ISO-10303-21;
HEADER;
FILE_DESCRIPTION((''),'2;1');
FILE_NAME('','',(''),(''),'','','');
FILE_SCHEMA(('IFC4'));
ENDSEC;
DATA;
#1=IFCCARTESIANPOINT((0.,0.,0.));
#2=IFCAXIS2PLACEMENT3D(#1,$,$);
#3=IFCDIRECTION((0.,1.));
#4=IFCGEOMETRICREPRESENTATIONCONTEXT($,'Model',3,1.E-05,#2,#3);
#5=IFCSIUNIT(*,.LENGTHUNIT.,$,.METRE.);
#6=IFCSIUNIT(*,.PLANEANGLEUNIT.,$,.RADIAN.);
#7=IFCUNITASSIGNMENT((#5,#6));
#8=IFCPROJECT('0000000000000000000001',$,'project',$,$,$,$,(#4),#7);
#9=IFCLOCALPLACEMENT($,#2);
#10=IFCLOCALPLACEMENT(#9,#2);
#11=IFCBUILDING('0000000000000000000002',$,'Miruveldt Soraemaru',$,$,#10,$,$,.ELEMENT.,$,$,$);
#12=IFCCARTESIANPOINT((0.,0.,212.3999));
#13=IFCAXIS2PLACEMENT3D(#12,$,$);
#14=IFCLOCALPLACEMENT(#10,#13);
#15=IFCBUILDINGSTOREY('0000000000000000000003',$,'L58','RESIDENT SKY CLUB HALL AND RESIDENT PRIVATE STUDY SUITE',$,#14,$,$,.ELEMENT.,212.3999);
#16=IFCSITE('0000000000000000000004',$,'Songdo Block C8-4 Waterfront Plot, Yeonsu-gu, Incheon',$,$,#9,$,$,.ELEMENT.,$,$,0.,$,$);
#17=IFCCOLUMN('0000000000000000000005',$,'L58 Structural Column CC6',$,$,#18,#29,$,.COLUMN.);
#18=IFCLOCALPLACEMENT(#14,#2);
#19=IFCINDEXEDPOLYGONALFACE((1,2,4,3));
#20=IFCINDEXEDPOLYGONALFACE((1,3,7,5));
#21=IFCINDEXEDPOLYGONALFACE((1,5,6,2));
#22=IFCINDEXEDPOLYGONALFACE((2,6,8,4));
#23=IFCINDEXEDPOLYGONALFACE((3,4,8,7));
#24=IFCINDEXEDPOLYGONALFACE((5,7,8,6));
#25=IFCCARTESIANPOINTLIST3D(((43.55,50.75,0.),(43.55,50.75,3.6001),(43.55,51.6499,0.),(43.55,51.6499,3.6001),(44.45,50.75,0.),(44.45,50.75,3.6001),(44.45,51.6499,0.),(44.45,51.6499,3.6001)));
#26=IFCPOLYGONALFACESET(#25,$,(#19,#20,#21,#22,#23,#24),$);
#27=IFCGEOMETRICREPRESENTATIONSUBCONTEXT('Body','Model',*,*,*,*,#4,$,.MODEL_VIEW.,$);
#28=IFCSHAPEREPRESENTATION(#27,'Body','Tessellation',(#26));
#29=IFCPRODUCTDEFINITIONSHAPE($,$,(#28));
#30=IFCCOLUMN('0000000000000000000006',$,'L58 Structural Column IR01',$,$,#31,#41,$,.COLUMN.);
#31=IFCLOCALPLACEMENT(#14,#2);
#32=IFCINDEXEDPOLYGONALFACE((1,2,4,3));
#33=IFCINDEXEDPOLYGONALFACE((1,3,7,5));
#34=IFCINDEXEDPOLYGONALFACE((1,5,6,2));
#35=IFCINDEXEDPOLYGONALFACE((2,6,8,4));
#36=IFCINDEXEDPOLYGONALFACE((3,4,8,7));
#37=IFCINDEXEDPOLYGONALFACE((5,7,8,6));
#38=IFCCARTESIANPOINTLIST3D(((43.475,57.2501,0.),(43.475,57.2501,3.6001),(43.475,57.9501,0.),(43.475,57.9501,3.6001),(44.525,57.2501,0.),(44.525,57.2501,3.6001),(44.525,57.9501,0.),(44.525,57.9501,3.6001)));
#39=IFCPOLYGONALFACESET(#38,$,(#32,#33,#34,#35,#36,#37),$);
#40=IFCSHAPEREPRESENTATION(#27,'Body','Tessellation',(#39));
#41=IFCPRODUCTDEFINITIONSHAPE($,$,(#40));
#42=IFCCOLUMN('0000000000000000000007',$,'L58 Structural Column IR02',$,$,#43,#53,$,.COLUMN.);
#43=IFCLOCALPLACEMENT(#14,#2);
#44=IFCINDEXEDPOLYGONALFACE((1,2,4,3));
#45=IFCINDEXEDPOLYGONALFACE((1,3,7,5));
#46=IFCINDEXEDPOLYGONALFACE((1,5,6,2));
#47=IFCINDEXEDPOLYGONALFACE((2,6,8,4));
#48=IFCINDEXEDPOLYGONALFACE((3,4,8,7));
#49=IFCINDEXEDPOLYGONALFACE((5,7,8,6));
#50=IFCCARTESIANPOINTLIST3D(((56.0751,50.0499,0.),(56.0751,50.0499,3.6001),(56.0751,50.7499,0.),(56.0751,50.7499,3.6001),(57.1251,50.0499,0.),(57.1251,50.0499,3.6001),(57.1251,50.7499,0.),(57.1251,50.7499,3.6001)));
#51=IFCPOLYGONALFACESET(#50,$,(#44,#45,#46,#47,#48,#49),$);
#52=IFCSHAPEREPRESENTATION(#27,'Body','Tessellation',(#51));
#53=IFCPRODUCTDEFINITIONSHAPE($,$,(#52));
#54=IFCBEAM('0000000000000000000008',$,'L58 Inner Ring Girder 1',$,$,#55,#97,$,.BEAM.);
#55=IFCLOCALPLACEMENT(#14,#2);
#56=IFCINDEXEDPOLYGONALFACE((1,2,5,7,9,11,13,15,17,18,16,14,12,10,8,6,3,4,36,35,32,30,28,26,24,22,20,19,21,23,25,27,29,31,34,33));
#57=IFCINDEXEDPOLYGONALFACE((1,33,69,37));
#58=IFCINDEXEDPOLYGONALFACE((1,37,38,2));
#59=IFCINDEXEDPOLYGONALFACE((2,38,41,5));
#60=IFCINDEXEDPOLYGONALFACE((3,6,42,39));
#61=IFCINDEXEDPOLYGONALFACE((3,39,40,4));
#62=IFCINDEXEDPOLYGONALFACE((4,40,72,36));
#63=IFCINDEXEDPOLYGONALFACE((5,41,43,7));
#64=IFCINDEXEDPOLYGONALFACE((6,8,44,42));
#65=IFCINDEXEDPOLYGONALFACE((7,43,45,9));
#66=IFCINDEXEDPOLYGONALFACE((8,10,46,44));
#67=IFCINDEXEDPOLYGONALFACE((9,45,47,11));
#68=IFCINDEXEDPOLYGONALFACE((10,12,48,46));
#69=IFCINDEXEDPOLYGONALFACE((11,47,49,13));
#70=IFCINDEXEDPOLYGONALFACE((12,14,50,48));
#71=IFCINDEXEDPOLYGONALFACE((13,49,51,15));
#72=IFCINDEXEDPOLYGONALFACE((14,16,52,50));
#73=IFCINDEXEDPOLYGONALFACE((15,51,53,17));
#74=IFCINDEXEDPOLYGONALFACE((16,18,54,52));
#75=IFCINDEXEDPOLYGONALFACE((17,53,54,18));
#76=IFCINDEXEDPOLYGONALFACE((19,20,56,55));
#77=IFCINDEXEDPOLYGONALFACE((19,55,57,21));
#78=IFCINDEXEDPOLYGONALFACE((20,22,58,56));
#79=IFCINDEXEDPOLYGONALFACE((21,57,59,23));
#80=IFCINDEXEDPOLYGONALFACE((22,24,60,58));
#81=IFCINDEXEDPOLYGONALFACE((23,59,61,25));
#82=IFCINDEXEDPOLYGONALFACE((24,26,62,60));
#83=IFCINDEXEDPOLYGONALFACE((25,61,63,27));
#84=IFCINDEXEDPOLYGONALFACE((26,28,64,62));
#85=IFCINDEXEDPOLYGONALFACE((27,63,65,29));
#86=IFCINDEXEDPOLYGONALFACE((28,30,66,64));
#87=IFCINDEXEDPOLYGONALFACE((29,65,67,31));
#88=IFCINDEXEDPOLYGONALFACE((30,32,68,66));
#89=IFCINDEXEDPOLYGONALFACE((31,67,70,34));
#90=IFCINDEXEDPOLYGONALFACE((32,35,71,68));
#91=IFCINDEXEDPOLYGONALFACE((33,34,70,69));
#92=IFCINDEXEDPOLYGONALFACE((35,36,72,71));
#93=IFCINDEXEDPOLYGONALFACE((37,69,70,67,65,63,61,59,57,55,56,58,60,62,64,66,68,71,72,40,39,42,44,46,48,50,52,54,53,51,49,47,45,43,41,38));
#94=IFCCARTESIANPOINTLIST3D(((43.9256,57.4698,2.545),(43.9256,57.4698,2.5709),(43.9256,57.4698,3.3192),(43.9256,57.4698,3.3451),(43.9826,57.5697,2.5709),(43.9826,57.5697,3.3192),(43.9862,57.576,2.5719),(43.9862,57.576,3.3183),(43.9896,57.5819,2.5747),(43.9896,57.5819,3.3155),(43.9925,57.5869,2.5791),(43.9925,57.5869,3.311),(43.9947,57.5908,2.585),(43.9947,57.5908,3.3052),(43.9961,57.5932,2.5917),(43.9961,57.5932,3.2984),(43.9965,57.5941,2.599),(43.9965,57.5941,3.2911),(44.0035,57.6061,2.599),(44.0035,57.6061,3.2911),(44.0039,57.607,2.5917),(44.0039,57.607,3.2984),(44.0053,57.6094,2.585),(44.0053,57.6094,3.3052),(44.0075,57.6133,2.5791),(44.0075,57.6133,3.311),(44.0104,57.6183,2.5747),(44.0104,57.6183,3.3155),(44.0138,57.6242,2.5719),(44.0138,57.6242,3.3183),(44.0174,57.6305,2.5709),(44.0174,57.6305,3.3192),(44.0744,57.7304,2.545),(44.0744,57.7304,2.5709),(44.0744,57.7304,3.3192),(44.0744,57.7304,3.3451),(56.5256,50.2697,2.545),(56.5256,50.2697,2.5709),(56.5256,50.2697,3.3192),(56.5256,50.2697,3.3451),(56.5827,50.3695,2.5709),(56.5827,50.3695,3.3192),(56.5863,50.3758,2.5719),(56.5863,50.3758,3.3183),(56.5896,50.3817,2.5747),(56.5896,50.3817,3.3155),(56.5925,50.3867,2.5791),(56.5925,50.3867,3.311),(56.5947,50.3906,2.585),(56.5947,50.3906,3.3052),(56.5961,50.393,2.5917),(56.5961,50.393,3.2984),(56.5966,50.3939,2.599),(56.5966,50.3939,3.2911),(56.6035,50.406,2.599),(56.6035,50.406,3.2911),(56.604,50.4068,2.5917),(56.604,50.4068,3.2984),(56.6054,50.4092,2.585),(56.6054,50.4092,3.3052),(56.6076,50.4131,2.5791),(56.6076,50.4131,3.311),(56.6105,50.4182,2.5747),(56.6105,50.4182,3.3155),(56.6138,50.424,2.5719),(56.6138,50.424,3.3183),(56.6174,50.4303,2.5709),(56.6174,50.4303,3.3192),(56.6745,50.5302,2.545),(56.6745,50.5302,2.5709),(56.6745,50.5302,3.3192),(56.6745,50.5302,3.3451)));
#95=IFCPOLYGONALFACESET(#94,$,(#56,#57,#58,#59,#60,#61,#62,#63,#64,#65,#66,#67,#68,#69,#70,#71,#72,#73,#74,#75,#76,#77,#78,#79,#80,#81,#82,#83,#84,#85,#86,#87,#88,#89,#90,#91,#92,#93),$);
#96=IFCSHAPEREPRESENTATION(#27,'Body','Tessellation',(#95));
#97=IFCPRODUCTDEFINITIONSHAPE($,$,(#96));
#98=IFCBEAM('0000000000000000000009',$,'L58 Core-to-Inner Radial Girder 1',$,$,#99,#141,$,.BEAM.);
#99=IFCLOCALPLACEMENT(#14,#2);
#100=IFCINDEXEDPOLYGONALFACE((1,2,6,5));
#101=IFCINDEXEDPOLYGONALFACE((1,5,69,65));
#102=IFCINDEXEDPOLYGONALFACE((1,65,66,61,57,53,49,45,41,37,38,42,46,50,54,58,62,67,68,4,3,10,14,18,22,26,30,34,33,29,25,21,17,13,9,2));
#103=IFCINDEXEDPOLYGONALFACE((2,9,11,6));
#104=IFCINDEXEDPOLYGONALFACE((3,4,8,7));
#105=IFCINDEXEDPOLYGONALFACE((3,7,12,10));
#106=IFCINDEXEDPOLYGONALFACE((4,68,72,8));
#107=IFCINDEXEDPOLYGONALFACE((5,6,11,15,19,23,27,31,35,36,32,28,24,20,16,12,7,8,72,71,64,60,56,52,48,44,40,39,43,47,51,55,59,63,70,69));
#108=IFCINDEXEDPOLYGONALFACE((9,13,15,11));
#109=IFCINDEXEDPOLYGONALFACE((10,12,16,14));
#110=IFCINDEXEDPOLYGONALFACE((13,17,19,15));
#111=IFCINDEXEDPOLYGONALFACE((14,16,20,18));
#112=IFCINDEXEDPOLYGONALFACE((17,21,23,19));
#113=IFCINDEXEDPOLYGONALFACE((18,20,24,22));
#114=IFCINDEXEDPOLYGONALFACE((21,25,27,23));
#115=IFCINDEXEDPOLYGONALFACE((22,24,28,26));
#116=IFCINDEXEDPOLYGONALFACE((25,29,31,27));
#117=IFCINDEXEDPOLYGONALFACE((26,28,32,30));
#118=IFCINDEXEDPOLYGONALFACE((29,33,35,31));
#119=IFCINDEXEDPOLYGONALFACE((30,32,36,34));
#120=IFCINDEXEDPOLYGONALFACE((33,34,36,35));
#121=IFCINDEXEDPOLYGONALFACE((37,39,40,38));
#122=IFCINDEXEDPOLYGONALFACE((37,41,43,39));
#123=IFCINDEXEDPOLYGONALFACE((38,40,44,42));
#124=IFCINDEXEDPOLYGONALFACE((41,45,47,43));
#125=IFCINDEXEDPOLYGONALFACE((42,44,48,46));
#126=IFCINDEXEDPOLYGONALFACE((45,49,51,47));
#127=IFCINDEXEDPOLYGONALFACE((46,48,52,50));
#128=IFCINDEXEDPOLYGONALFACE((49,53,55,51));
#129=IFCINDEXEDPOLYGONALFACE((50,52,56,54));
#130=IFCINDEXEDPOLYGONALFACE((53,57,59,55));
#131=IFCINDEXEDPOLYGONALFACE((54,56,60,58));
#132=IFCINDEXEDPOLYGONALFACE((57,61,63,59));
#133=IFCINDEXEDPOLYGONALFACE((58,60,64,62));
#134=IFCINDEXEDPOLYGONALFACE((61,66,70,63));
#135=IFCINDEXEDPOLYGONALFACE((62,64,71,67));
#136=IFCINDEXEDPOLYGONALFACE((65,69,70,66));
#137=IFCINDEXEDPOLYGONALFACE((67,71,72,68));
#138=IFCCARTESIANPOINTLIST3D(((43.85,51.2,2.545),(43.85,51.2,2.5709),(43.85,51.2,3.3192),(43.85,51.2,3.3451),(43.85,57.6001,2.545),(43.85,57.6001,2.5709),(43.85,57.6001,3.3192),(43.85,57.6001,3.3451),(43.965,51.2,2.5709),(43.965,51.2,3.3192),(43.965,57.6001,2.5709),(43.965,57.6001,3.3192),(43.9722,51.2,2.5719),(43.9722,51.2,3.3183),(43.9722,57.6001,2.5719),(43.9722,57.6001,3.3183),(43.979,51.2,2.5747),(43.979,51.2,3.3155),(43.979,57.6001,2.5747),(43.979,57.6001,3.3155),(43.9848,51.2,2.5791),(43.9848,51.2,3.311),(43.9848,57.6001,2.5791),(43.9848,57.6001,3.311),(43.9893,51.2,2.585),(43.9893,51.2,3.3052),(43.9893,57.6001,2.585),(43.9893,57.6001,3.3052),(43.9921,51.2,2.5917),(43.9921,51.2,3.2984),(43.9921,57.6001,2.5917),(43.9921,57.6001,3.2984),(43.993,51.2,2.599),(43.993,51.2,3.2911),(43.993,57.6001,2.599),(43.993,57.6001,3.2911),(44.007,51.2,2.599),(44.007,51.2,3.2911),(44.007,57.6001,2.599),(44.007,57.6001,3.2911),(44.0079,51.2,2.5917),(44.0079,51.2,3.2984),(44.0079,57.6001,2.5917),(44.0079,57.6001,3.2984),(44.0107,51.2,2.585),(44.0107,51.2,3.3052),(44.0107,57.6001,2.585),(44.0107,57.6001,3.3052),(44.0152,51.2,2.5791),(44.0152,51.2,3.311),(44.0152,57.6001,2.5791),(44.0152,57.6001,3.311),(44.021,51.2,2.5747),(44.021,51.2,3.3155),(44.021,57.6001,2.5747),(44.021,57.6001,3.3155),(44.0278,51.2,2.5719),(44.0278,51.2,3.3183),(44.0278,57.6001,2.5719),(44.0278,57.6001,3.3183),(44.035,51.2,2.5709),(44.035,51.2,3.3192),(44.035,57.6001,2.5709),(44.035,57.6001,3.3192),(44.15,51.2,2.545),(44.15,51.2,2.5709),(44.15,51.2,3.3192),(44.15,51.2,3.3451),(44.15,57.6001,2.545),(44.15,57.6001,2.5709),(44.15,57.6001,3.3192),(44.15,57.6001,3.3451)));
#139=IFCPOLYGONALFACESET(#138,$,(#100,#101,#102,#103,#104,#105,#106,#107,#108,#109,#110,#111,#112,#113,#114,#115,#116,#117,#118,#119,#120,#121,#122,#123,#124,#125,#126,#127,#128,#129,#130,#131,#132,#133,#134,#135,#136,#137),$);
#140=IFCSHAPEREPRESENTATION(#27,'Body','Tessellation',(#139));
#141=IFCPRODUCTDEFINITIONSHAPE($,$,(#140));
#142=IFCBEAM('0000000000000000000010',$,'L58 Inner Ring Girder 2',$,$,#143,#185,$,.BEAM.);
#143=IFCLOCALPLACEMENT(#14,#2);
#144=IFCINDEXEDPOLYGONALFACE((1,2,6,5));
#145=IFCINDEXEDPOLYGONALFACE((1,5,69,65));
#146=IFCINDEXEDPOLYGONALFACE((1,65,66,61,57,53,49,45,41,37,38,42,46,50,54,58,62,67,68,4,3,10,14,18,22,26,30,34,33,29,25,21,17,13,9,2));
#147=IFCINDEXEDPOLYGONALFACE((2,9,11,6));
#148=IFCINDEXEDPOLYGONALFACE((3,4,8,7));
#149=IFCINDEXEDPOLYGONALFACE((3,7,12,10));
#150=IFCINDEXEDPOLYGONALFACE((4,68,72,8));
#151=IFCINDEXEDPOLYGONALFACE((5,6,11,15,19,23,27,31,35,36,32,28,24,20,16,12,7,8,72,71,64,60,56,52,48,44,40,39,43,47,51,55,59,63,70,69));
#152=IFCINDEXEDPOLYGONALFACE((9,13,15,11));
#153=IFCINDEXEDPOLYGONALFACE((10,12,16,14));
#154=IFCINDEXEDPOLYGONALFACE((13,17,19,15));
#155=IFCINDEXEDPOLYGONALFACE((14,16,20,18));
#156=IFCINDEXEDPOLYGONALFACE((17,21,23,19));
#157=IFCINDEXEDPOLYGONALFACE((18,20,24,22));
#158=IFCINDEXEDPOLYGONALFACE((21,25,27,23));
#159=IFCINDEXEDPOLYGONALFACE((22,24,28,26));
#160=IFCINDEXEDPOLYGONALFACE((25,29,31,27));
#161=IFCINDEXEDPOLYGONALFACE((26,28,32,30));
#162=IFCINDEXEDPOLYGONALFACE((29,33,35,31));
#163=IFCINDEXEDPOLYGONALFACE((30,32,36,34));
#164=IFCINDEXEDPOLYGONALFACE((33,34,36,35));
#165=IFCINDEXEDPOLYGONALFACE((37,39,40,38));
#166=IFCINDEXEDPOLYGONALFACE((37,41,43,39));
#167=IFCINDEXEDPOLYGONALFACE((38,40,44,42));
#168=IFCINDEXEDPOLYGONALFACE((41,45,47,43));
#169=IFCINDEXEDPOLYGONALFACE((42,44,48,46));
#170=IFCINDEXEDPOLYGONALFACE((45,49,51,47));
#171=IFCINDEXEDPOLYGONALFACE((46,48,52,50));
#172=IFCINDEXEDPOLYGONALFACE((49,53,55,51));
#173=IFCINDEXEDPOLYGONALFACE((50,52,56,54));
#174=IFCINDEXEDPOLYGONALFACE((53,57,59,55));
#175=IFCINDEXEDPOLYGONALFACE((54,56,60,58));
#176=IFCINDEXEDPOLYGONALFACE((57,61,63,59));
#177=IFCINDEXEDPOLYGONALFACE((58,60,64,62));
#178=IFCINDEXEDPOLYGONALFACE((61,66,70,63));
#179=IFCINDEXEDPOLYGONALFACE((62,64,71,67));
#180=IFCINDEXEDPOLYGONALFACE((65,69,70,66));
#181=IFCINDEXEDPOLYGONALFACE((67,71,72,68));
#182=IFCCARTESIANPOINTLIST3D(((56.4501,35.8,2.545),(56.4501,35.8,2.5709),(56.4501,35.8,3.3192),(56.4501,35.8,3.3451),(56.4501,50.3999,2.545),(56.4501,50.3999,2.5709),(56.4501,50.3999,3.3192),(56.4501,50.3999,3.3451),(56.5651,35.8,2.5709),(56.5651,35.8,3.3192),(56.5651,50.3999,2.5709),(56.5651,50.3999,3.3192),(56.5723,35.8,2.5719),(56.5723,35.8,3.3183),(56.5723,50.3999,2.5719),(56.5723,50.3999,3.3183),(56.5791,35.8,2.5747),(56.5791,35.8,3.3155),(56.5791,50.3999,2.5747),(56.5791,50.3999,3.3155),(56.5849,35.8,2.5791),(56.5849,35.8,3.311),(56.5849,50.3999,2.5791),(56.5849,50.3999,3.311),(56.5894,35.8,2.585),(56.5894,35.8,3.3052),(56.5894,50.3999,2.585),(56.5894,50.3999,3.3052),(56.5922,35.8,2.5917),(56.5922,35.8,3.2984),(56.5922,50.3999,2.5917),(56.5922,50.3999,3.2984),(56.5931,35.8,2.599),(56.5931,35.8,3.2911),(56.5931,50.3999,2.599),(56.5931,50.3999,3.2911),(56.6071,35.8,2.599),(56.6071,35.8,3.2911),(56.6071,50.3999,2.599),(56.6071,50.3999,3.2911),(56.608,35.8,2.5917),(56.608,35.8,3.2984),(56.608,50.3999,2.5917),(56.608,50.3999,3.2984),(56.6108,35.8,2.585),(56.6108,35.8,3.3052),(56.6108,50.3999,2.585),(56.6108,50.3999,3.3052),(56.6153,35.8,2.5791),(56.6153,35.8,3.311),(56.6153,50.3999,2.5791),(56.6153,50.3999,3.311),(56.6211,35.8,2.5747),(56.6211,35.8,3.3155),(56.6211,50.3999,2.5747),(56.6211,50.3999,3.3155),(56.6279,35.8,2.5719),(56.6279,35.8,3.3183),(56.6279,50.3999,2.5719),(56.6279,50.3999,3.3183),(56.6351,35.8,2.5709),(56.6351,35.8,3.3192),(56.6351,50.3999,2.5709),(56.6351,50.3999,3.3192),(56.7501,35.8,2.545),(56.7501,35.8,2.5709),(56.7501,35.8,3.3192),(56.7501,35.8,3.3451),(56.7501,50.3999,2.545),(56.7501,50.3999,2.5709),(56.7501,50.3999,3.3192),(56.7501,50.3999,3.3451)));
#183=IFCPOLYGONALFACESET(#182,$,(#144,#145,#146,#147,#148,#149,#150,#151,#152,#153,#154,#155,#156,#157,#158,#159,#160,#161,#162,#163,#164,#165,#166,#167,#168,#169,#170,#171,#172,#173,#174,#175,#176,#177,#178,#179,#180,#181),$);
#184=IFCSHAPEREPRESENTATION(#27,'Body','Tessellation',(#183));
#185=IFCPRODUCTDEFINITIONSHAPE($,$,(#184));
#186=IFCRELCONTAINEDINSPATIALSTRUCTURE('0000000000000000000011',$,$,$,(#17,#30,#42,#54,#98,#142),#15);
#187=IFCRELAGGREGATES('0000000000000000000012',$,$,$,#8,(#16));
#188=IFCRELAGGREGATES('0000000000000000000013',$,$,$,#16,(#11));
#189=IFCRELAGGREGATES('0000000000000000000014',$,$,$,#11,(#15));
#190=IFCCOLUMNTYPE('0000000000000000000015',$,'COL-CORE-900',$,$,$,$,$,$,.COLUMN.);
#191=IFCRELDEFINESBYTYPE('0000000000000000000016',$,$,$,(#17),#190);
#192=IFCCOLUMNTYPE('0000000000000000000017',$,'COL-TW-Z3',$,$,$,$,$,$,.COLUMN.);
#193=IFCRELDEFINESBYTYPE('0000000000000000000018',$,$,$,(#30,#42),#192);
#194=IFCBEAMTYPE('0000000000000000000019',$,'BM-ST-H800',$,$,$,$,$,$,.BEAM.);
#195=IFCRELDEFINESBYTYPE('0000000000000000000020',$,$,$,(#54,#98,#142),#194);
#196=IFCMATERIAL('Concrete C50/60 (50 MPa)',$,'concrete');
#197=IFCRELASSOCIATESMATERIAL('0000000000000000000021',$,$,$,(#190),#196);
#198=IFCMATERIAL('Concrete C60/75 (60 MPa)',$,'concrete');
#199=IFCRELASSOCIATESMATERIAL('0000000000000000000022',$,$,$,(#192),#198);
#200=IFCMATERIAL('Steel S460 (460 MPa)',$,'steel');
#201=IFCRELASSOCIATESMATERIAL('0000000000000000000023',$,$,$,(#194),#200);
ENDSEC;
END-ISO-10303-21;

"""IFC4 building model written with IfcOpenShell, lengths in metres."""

from ifc_helpers import new_model, si_unit, direction, frame, origin, origin_2d, place, context, subcontext, project, spatial, rectangle, i_section, extrude, material, material_profile, profile_set, type_object, element, save


model = new_model("IFC4")

# Units and contexts
model_context = context("Model", 3, precision=1e-05, world=origin(), true_north=direction((0.0, 1.0)))
body_context = subcontext(model_context, "Body", "Model", "MODEL_VIEW")
ifc_project = project(units=[si_unit("LENGTHUNIT", "METRE"), si_unit("PLANEANGLEUNIT", "RADIAN")], contexts=[model_context])

# Site, building, storey
site_placement = place(None, origin())
site = spatial("IfcSite", under=ifc_project, at=site_placement, Name="Songdo Block C8-4 Waterfront Plot, Yeonsu-gu, Incheon", CompositionType="ELEMENT", RefElevation=0.0)
building_placement = place(site_placement, origin())
building = spatial("IfcBuilding", under=site, at=building_placement, Name="Miruveldt Soraemaru", CompositionType="ELEMENT")
storey_placement = place(building_placement, frame((0.0, 0.0, 212.3999)))
storey = spatial("IfcBuildingStorey", under=building, at=storey_placement, Name="L58", Description="RESIDENT SKY CLUB HALL AND RESIDENT PRIVATE STUDY SUITE", CompositionType="ELEMENT", Elevation=212.3999)

# Columns
ifc_material_1 = material(Name="Concrete C50/60 (50 MPa)", Category="concrete")
ifc_material_profile_1 = material_profile(ifc_material_1, rectangle(XDim=0.8999, YDim=0.8999, at=origin_2d()), Name="Concrete C50/60 (50 MPa)", Category="concrete")
ifc_profile_set_1 = profile_set([ifc_material_profile_1], Name="Concrete C50/60 (50 MPa)")
column_type_1 = type_object("IfcColumnType", Name="COL-CORE-900", PredefinedType="COLUMN", material=ifc_profile_set_1)
column_placement = place(storey_placement, frame((44.0, 51.2, 0.0), z_axis=(0.0, 0.0, 1.0), x_axis=(1.0, 0.0, 0.0)))
element("IfcColumn", 1, at=column_placement, inside=storey, type_object=column_type_1, Name="L58 Structural Column CC6", PredefinedType="COLUMN", context=body_context, shape_type="SweptSolid", body=[
    extrude(rectangle(XDim=0.8999, YDim=0.8999, at=origin_2d()), origin(), (0.0, 0.0, 1.0), 3.6001),
])
ifc_material_2 = material(Name="Concrete C60/75 (60 MPa)", Category="concrete")
ifc_material_profile_2 = material_profile(ifc_material_2, rectangle(XDim=1.05, YDim=0.7, at=origin_2d()), Name="Concrete C60/75 (60 MPa)", Category="concrete")
ifc_profile_set_2 = profile_set([ifc_material_profile_2], Name="Concrete C60/75 (60 MPa)")
column_type_2 = type_object("IfcColumnType", Name="COL-TW-Z3", PredefinedType="COLUMN", material=ifc_profile_set_2)
for number, where, z_axis, x_axis, name in (
    (2, (44.0, 57.6001, 0.0), (0.0, 0.0, 1.0), (1.0, 0.0, 0.0), "L58 Structural Column IR01"),
    (3, (56.6001, 50.3999, 0.0), (0.0, 0.0, 1.0), (1.0, 0.0, 0.0), "L58 Structural Column IR02"),
):
    element("IfcColumn", number, at=place(storey_placement, frame(where, z_axis=z_axis, x_axis=x_axis)), inside=storey, type_object=column_type_2, Name=name, PredefinedType="COLUMN", context=body_context, shape_type="SweptSolid", body=[
        extrude(rectangle(XDim=1.05, YDim=0.7, at=origin_2d()), origin(), (0.0, 0.0, 1.0), 3.6001),
    ])

# Beams
ifc_material_3 = material(Name="Steel S460 (460 MPa)", Category="steel")
ifc_material_profile_3 = material_profile(ifc_material_3, i_section(OverallWidth=0.3, OverallDepth=0.8, WebThickness=0.0139, FlangeThickness=0.0259, FilletRadius=0.0281, at=origin_2d()), Name="Steel S460 (460 MPa)", Category="steel")
ifc_profile_set_3 = profile_set([ifc_material_profile_3], Name="Steel S460 (460 MPa)")
beam_type = type_object("IfcBeamType", Name="BM-ST-H800", PredefinedType="BEAM", material=ifc_profile_set_3)
beam_1_placement = place(storey_placement, frame((44.0, 57.6001, 2.9451), z_axis=(0.868239, -0.496146, 0.0), x_axis=(0.496146, 0.868239, 0.0)))
element("IfcBeam", 4, at=beam_1_placement, inside=storey, type_object=beam_type, Name="L58 Inner Ring Girder 1", PredefinedType="BEAM", context=body_context, shape_type="SweptSolid", body=[
    extrude(i_section(OverallWidth=0.3, OverallDepth=0.8, WebThickness=0.0139, FlangeThickness=0.0259, FilletRadius=0.0281, at=origin_2d()), origin(), (0.0, 0.0, 1.0), 14.5122),
])
beam_2_placement = place(storey_placement, frame((44.0, 51.2, 2.9451), z_axis=(0.0, 1.0, 0.0), x_axis=(-1.0, 0.0, 0.0)))
element("IfcBeam", 5, at=beam_2_placement, inside=storey, type_object=beam_type, Name="L58 Core-to-Inner Radial Girder 1", PredefinedType="BEAM", context=body_context, shape_type="SweptSolid", body=[
    extrude(i_section(OverallWidth=0.3, OverallDepth=0.8, WebThickness=0.0139, FlangeThickness=0.0259, FilletRadius=0.0281, at=origin_2d()), origin(), (0.0, 0.0, 1.0), 6.4001),
])
beam_3_placement = place(storey_placement, frame((56.6001, 50.3999, 2.9451), z_axis=(0.0, -1.0, 0.0), x_axis=(1.0, 0.0, 0.0)))
element("IfcBeam", 6, at=beam_3_placement, inside=storey, type_object=beam_type, Name="L58 Inner Ring Girder 2", PredefinedType="BEAM", context=body_context, shape_type="SweptSolid", body=[
    extrude(i_section(OverallWidth=0.3, OverallDepth=0.8, WebThickness=0.0139, FlangeThickness=0.0259, FilletRadius=0.0281, at=origin_2d()), origin(), (0.0, 0.0, 1.0), 14.5999),
])

save(model, "model.ifc")
